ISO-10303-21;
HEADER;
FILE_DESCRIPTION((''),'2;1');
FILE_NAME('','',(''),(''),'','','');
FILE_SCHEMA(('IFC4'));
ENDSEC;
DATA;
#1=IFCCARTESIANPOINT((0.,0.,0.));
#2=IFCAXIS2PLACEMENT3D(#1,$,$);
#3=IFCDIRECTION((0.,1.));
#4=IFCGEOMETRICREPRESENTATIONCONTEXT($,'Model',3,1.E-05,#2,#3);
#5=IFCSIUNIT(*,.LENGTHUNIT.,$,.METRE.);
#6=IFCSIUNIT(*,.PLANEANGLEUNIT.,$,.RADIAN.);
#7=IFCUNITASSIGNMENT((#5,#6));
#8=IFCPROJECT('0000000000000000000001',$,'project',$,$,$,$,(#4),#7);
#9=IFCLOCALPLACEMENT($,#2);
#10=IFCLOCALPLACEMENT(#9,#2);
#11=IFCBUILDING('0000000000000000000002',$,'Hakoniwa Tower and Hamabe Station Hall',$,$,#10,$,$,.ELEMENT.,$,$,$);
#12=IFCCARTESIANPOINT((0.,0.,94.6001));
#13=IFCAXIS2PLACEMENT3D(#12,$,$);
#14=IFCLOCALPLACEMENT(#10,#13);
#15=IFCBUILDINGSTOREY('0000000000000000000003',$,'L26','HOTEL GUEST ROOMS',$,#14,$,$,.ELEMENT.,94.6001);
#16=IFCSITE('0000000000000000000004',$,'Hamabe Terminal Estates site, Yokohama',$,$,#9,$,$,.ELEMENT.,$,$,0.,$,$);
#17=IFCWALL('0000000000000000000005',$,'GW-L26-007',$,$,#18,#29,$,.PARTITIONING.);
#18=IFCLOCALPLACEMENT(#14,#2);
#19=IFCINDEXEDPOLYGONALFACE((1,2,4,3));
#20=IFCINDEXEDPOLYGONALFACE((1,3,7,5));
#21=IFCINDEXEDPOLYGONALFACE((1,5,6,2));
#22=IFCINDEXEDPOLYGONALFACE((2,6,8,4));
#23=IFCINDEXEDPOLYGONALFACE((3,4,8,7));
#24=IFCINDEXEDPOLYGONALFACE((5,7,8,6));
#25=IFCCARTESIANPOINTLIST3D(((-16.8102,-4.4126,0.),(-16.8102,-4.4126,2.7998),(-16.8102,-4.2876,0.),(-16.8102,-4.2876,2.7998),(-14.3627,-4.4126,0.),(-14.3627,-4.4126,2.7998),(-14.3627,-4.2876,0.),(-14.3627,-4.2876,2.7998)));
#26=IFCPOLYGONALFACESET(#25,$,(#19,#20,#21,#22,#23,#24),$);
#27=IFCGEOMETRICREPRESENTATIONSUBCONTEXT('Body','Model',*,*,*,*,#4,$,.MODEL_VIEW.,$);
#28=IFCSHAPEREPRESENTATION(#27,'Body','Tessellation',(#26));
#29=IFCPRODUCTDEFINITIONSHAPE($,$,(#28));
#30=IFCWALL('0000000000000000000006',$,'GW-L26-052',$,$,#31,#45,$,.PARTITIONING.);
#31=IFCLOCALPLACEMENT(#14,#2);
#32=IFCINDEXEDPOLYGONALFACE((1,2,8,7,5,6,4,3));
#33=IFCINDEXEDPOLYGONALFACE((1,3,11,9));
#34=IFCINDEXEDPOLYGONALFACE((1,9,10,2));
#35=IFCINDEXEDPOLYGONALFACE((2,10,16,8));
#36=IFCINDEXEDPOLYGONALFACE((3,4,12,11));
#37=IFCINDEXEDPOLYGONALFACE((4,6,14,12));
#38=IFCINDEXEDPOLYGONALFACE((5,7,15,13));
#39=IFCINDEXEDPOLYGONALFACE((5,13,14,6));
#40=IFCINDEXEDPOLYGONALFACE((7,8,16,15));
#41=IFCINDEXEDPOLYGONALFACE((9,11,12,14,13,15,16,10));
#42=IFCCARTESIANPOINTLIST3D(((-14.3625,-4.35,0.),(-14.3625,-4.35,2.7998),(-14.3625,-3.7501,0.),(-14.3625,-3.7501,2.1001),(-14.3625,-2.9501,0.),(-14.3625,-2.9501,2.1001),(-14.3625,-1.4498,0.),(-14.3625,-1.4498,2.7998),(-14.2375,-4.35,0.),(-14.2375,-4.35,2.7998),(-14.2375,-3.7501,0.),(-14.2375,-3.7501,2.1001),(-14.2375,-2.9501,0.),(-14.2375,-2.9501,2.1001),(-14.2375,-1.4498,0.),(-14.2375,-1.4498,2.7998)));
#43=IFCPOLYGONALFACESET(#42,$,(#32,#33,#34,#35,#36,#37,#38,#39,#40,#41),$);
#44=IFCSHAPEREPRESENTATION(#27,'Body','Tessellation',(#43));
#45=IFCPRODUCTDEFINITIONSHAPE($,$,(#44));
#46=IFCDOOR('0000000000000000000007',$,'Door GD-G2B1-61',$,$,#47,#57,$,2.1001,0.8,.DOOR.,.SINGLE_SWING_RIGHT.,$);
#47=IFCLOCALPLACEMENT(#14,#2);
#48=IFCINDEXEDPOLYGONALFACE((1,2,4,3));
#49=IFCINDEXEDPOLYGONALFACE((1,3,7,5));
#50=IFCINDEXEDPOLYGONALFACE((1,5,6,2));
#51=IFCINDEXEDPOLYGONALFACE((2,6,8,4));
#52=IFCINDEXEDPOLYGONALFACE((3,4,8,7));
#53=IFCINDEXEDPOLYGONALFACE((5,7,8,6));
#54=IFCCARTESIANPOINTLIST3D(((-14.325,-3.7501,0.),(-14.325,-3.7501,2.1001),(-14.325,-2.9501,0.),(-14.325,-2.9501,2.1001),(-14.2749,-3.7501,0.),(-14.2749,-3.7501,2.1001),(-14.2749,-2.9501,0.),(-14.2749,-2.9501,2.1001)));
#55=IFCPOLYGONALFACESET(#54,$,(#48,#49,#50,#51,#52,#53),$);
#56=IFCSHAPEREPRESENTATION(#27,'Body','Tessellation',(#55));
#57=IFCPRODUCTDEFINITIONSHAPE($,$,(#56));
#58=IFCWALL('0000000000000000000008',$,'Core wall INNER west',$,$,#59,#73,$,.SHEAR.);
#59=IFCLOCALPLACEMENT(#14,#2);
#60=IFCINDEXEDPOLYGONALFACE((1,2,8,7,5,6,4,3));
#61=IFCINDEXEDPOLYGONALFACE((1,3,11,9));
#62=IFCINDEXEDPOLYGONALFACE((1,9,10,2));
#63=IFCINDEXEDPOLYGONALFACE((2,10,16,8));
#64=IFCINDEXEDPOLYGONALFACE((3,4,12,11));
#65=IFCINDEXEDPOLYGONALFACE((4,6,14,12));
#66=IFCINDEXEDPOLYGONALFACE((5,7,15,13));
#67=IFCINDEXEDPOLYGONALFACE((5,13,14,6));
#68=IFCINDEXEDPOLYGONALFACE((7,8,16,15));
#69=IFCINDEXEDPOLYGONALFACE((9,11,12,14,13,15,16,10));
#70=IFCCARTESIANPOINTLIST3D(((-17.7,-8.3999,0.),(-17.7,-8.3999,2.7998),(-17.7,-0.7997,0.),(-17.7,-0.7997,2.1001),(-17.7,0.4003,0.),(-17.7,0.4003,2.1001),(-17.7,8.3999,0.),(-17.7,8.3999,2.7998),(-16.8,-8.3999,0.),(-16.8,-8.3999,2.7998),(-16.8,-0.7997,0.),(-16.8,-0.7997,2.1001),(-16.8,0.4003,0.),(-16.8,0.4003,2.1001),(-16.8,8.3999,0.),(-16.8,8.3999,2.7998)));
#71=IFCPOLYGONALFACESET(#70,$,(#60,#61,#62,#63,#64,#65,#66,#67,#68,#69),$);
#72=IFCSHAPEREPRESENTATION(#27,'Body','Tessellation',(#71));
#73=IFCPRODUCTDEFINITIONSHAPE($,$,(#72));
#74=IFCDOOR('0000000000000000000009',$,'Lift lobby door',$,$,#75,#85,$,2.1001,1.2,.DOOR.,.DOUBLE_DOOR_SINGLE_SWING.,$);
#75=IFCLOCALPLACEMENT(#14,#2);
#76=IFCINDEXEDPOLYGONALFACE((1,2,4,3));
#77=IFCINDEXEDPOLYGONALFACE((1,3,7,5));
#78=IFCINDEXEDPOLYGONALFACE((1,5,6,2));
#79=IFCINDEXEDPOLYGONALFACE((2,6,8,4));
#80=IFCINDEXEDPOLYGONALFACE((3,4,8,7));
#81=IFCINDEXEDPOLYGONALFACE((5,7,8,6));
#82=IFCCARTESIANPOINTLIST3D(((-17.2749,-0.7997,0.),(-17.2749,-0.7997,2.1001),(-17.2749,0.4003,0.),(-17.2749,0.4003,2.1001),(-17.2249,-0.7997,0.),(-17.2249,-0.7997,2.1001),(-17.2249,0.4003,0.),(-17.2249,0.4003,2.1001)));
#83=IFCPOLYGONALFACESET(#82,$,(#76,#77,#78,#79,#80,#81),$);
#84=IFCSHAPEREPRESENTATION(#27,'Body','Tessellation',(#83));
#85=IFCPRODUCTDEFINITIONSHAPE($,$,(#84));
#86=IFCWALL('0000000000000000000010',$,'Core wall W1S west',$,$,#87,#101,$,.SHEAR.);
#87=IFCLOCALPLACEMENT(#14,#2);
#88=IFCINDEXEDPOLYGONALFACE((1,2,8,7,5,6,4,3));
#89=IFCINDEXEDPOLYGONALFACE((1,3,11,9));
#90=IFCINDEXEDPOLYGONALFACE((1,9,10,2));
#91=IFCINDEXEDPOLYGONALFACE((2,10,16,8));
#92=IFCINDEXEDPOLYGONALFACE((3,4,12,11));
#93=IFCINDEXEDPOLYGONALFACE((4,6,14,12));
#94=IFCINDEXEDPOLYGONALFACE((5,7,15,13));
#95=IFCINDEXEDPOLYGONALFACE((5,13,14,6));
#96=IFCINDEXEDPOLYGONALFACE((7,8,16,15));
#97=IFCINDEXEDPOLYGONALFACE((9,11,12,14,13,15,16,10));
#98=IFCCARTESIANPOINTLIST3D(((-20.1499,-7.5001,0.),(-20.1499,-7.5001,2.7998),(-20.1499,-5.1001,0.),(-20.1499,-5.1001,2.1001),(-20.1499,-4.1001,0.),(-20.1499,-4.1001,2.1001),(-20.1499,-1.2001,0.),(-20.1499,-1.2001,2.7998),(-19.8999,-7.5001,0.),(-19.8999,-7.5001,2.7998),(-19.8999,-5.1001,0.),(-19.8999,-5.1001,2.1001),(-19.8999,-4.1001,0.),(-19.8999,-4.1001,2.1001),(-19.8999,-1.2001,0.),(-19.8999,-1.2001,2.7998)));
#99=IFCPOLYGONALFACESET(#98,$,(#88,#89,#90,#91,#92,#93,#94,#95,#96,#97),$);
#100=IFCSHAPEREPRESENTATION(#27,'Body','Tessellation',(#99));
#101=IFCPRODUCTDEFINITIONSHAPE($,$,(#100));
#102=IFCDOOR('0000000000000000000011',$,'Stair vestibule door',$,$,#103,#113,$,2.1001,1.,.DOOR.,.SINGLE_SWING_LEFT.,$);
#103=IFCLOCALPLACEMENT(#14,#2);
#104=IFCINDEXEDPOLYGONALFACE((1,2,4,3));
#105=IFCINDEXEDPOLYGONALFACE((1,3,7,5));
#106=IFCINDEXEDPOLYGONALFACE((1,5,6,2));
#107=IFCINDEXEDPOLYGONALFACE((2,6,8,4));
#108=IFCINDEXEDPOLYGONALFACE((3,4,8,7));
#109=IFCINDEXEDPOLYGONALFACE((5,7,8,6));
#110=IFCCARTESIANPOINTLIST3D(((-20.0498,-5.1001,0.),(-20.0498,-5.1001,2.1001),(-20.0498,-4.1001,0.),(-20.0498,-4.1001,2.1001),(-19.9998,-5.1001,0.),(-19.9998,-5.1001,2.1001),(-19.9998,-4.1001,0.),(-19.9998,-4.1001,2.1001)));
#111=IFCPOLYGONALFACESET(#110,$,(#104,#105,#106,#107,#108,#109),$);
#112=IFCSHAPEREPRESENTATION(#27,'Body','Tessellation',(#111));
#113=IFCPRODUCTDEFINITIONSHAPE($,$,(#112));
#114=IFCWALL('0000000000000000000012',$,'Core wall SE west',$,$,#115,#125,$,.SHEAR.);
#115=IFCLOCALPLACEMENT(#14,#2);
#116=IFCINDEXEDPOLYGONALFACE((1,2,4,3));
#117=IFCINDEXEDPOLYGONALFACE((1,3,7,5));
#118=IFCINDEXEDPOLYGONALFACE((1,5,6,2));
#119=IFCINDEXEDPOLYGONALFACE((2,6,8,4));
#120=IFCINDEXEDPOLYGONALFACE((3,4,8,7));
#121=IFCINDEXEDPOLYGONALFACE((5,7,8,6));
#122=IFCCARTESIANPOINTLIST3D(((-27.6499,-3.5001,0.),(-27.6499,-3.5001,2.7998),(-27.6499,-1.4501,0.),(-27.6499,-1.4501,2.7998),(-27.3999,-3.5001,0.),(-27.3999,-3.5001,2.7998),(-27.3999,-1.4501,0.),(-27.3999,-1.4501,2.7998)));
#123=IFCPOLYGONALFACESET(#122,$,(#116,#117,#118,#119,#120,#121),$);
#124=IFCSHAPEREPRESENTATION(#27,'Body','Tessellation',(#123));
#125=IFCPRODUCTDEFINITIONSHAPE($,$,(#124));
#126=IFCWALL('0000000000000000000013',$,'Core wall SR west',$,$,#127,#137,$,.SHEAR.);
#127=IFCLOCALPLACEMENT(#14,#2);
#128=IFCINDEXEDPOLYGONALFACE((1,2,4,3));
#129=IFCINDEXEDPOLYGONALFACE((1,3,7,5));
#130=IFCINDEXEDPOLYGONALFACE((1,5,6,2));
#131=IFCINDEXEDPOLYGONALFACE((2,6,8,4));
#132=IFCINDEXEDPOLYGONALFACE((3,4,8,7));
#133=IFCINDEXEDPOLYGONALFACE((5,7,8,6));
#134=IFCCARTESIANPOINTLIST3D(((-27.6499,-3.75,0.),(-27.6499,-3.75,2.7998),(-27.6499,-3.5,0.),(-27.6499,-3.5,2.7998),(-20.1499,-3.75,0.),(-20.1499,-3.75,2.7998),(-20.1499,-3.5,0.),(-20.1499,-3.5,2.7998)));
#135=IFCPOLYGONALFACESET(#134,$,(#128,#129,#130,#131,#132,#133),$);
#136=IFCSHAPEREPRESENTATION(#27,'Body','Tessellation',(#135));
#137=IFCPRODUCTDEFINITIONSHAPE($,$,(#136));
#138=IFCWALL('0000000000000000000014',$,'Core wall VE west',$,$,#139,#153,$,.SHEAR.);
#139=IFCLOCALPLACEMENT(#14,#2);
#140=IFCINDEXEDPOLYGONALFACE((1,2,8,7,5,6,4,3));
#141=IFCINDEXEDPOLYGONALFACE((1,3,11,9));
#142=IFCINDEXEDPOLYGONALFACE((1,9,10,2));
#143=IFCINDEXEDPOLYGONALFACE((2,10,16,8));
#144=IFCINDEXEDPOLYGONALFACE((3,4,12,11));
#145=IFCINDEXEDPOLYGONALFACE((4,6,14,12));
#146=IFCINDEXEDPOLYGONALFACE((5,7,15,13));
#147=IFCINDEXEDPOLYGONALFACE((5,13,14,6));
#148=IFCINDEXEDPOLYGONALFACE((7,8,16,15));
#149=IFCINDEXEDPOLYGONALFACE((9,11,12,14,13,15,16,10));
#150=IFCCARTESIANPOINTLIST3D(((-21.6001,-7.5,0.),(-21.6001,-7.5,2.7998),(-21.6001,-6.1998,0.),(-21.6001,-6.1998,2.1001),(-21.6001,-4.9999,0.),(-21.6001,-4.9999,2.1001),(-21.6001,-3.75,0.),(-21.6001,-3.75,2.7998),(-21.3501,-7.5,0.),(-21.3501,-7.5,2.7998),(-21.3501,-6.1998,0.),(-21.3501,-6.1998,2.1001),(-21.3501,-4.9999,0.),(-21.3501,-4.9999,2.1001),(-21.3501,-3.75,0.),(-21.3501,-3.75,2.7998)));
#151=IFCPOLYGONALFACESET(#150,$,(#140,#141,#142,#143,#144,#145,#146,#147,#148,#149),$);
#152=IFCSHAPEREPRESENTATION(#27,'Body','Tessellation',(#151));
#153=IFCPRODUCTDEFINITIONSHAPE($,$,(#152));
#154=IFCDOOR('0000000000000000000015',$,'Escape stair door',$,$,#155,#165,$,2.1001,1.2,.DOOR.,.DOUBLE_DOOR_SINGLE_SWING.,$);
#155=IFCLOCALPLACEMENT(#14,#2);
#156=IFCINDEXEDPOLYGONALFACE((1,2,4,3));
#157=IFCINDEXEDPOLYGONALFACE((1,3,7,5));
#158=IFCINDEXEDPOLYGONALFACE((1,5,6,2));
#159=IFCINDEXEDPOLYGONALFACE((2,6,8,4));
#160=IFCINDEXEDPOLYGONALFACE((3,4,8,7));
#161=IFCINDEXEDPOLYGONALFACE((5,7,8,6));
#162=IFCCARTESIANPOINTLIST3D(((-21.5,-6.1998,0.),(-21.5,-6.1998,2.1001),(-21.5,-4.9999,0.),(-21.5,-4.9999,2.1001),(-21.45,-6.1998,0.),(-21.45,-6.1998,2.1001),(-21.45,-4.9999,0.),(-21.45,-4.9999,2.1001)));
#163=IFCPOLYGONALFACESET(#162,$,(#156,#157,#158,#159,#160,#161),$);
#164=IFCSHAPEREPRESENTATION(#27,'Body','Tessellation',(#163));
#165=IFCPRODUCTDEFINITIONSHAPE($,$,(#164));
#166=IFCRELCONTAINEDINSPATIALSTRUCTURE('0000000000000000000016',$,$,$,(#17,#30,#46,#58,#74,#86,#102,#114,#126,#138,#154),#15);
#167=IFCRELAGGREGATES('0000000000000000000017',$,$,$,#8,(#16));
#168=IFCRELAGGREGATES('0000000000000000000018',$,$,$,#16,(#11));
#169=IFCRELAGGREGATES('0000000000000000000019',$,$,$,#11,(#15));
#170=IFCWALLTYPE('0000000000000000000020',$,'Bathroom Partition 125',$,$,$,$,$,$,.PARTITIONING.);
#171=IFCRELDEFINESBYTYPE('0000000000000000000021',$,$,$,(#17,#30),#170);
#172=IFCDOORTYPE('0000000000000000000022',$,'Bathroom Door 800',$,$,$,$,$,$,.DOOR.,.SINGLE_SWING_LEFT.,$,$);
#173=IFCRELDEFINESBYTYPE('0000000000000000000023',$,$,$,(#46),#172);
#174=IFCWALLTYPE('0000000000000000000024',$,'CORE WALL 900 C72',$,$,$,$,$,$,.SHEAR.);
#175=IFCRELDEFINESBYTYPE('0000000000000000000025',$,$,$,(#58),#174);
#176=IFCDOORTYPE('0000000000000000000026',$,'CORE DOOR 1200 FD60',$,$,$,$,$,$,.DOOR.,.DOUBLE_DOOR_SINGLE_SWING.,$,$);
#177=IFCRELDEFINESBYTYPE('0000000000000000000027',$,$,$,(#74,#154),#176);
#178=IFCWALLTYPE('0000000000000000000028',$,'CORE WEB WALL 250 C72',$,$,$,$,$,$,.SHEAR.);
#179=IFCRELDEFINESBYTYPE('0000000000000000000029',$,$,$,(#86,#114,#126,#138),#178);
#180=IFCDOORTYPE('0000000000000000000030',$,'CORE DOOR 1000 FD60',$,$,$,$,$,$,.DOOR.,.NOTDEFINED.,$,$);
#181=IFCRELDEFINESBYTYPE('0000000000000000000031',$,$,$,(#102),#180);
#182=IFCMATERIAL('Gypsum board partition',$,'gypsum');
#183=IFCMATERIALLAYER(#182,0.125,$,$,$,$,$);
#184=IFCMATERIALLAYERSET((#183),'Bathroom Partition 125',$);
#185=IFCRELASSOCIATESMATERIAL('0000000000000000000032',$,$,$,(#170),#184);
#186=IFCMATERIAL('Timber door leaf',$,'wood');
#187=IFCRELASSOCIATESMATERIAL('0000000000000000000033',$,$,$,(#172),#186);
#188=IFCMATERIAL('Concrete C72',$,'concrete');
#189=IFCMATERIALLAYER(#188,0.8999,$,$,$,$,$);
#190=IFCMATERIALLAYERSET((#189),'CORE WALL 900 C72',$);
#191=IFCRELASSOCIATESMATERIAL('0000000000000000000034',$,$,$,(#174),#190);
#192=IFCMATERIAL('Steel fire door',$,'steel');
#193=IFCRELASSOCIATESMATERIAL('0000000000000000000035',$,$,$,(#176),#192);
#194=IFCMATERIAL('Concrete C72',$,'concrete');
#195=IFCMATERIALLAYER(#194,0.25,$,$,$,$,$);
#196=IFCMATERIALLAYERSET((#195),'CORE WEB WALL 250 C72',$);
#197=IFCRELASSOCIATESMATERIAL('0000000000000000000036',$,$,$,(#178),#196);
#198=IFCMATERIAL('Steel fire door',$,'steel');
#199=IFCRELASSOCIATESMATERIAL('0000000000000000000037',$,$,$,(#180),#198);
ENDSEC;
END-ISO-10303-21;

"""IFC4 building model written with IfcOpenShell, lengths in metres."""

from ifc_helpers import new_model, si_unit, direction, frame, frame_2d, origin, place, context, subcontext, project, spatial, rectangle, extrude, material, layer, layer_set, type_object, element, fill, save


model = new_model("IFC4")

# Units and contexts
model_context = context("Model", 3, precision=1e-05, world=origin(), true_north=direction((0.0, 1.0)))
body_context = subcontext(model_context, "Body", "Model", "MODEL_VIEW")
ifc_project = project(units=[si_unit("LENGTHUNIT", "METRE"), si_unit("PLANEANGLEUNIT", "RADIAN")], contexts=[model_context])

# Site, building, storey
site_placement = place(None, origin())
site = spatial("IfcSite", under=ifc_project, at=site_placement, Name="Hamabe Terminal Estates site, Yokohama", CompositionType="ELEMENT", RefElevation=0.0)
building_placement = place(site_placement, origin())
building = spatial("IfcBuilding", under=site, at=building_placement, Name="Hakoniwa Tower and Hamabe Station Hall", CompositionType="ELEMENT")
storey_placement = place(building_placement, frame((0.0, 0.0, 94.6001)))
storey = spatial("IfcBuildingStorey", under=building, at=storey_placement, Name="L26", Description="HOTEL GUEST ROOMS", CompositionType="ELEMENT", Elevation=94.6001)

# Wall
ifc_material_1 = material(Name="Gypsum board partition", Category="gypsum")
ifc_layer_1 = layer(ifc_material_1, 0.125)
ifc_layer_set_1 = layer_set([ifc_layer_1], Name="Bathroom Partition 125")
wall_type_1 = type_object("IfcWallType", Name="Bathroom Partition 125", PredefinedType="PARTITIONING", material=ifc_layer_set_1)
wall_1_placement = place(storey_placement, frame((-16.8101, -4.3501, 0.0), z_axis=(0.0, 0.0, 1.0), x_axis=(1.0, 0.0, 0.0)))
element("IfcWall", 1, at=wall_1_placement, inside=storey, type_object=wall_type_1, Name="GW-L26-007", PredefinedType="PARTITIONING", context=body_context, shape_type="SweptSolid", body=[
    extrude(rectangle(XDim=2.4475, YDim=0.125, at=frame_2d((1.2236, 0.0))), origin(), (0.0, 0.0, 1.0), 2.7998),
])

# Walls, openings, doors
wall_2_placement = place(storey_placement, frame((-14.3, -4.3501, 0.0), z_axis=(0.0, 0.0, 1.0), x_axis=(0.0, 1.0, 0.0)))
wall_2 = element("IfcWall", 2, at=wall_2_placement, inside=storey, type_object=wall_type_1, Name="GW-L26-052", PredefinedType="PARTITIONING", context=body_context, shape_type="SweptSolid", body=[
    extrude(rectangle(XDim=2.9001, YDim=0.125, at=frame_2d((1.4502, 0.0))), origin(), (0.0, 0.0, 1.0), 2.7998),
])
opening_1_placement = place(wall_2_placement, frame((0.6001, 0.0, 0.0)))
opening_1 = element("IfcOpeningElement", 3, at=opening_1_placement, cuts=wall_2, PredefinedType="OPENING", context=body_context, shape_type="SweptSolid", body=[
    extrude(rectangle(XDim=0.8, YDim=2.1001, at=frame_2d((0.3999, 1.05))), frame((0.0, 0.0725, 0.0), z_axis=(0.0, -1.0, 0.0), x_axis=(1.0, 0.0, 0.0)), (0.0, 0.0, 1.0), 0.145),
])
ifc_material_2 = material(Name="Timber door leaf", Category="wood")
door_type_1 = type_object("IfcDoorType", Name="Bathroom Door 800", OperationType="SINGLE_SWING_LEFT", PredefinedType="DOOR", material=ifc_material_2)
door_1_placement = place(opening_1_placement, origin())
door_1 = element("IfcDoor", 4, at=door_1_placement, inside=storey, type_object=door_type_1, Name="Door GD-G2B1-61", OperationType="SINGLE_SWING_RIGHT", OverallHeight=2.1001, OverallWidth=0.8, PredefinedType="DOOR", context=body_context, shape_type="SweptSolid", body=[
    extrude(rectangle(XDim=0.8, YDim=2.1001, at=frame_2d((0.3999, 1.05))), frame((0.0, 0.0249, 0.0), z_axis=(0.0, -1.0, 0.0), x_axis=(1.0, 0.0, 0.0)), (0.0, 0.0, 1.0), 0.05),
])
fill(opening_1, door_1)
ifc_material_3 = material(Name="Concrete C72", Category="concrete")
ifc_layer_2 = layer(ifc_material_3, 0.8999)
ifc_layer_set_2 = layer_set([ifc_layer_2], Name="CORE WALL 900 C72")
wall_type_2 = type_object("IfcWallType", Name="CORE WALL 900 C72", PredefinedType="SHEAR", material=ifc_layer_set_2)
wall_3_placement = place(storey_placement, frame((-17.25, -8.3999, 0.0), z_axis=(0.0, 0.0, 1.0), x_axis=(0.0, 1.0, 0.0)))
wall_3 = element("IfcWall", 5, at=wall_3_placement, inside=storey, type_object=wall_type_2, Name="Core wall INNER west", PredefinedType="SHEAR", context=body_context, shape_type="SweptSolid", body=[
    extrude(rectangle(XDim=16.7998, YDim=0.8999, at=frame_2d((8.3999, 0.0))), origin(), (0.0, 0.0, 1.0), 2.7998),
])
opening_2_placement = place(wall_3_placement, frame((7.6001, 0.0, 0.0)))
opening_2 = element("IfcOpeningElement", 6, at=opening_2_placement, cuts=wall_3, PredefinedType="OPENING", context=body_context, shape_type="SweptSolid", body=[
    extrude(rectangle(XDim=1.2, YDim=2.1001, at=frame_2d((0.6001, 1.05))), frame((0.0, 0.46, 0.0), z_axis=(0.0, -1.0, 0.0), x_axis=(1.0, 0.0, 0.0)), (0.0, 0.0, 1.0), 0.9199),
])
ifc_material_4 = material(Name="Steel fire door", Category="steel")
door_type_2 = type_object("IfcDoorType", Name="CORE DOOR 1200 FD60", OperationType="DOUBLE_DOOR_SINGLE_SWING", PredefinedType="DOOR", material=ifc_material_4)
door_2_placement = place(opening_2_placement, origin())
door_2 = element("IfcDoor", 7, at=door_2_placement, inside=storey, type_object=door_type_2, Name="Lift lobby door", OperationType="DOUBLE_DOOR_SINGLE_SWING", OverallHeight=2.1001, OverallWidth=1.2, PredefinedType="DOOR", context=body_context, shape_type="SweptSolid", body=[
    extrude(rectangle(XDim=1.2, YDim=2.1001, at=frame_2d((0.6001, 1.05))), frame((0.0, 0.0249, 0.0), z_axis=(0.0, -1.0, 0.0), x_axis=(1.0, 0.0, 0.0)), (0.0, 0.0, 1.0), 0.05),
])
fill(opening_2, door_2)
ifc_material_5 = material(Name="Concrete C72", Category="concrete")
ifc_layer_3 = layer(ifc_material_5, 0.25)
ifc_layer_set_3 = layer_set([ifc_layer_3], Name="CORE WEB WALL 250 C72")
wall_type_3 = type_object("IfcWallType", Name="CORE WEB WALL 250 C72", PredefinedType="SHEAR", material=ifc_layer_set_3)
wall_4_placement = place(storey_placement, frame((-20.0249, -7.5, 0.0), z_axis=(0.0, 0.0, 1.0), x_axis=(0.0, 1.0, 0.0)))
wall_4 = element("IfcWall", 8, at=wall_4_placement, inside=storey, type_object=wall_type_3, Name="Core wall W1S west", PredefinedType="SHEAR", context=body_context, shape_type="SweptSolid", body=[
    extrude(rectangle(XDim=6.3, YDim=0.25, at=frame_2d((3.1499, 0.0))), origin(), (0.0, 0.0, 1.0), 2.7998),
])
opening_3_placement = place(wall_4_placement, frame((2.3999, 0.0, 0.0)))
opening_3 = element("IfcOpeningElement", 9, at=opening_3_placement, cuts=wall_4, PredefinedType="OPENING", context=body_context, shape_type="SweptSolid", body=[
    extrude(rectangle(XDim=1.0, YDim=2.1001, at=frame_2d((0.5, 1.05))), frame((0.0, 0.135, 0.0), z_axis=(0.0, -1.0, 0.0), x_axis=(1.0, 0.0, 0.0)), (0.0, 0.0, 1.0), 0.27),
])
ifc_material_6 = material(Name="Steel fire door", Category="steel")
door_type_3 = type_object("IfcDoorType", Name="CORE DOOR 1000 FD60", OperationType="NOTDEFINED", PredefinedType="DOOR", material=ifc_material_6)
door_3_placement = place(opening_3_placement, origin())
door_3 = element("IfcDoor", 10, at=door_3_placement, inside=storey, type_object=door_type_3, Name="Stair vestibule door", OperationType="SINGLE_SWING_LEFT", OverallHeight=2.1001, OverallWidth=1.0, PredefinedType="DOOR", context=body_context, shape_type="SweptSolid", body=[
    extrude(rectangle(XDim=1.0, YDim=2.1001, at=frame_2d((0.5, 1.05))), frame((0.0, 0.0249, 0.0), z_axis=(0.0, -1.0, 0.0), x_axis=(1.0, 0.0, 0.0)), (0.0, 0.0, 1.0), 0.05),
])
fill(opening_3, door_3)

# Walls
wall_5_placement = place(storey_placement, frame((-27.5249, -3.5, 0.0), z_axis=(0.0, 0.0, 1.0), x_axis=(0.0, 1.0, 0.0)))
element("IfcWall", 11, at=wall_5_placement, inside=storey, type_object=wall_type_3, Name="Core wall SE west", PredefinedType="SHEAR", context=body_context, shape_type="SweptSolid", body=[
    extrude(rectangle(XDim=2.05, YDim=0.25, at=frame_2d((1.0249, 0.0))), origin(), (0.0, 0.0, 1.0), 2.7998),
])
wall_6_placement = place(storey_placement, frame((-27.6499, -3.625, 0.0), z_axis=(0.0, 0.0, 1.0), x_axis=(1.0, 0.0, 0.0)))
element("IfcWall", 12, at=wall_6_placement, inside=storey, type_object=wall_type_3, Name="Core wall SR west", PredefinedType="SHEAR", context=body_context, shape_type="SweptSolid", body=[
    extrude(rectangle(XDim=7.5, YDim=0.25, at=frame_2d((3.75, 0.0))), origin(), (0.0, 0.0, 1.0), 2.7998),
])

# Wall, opening, door
wall_7_placement = place(storey_placement, frame((-21.4751, -7.5, 0.0), z_axis=(0.0, 0.0, 1.0), x_axis=(0.0, 1.0, 0.0)))
wall_7 = element("IfcWall", 13, at=wall_7_placement, inside=storey, type_object=wall_type_3, Name="Core wall VE west", PredefinedType="SHEAR", context=body_context, shape_type="SweptSolid", body=[
    extrude(rectangle(XDim=3.75, YDim=0.25, at=frame_2d((1.875, 0.0))), origin(), (0.0, 0.0, 1.0), 2.7998),
])
opening_4_placement = place(wall_7_placement, frame((1.3, 0.0, 0.0)))
opening_4 = element("IfcOpeningElement", 14, at=opening_4_placement, cuts=wall_7, PredefinedType="OPENING", context=body_context, shape_type="SweptSolid", body=[
    extrude(rectangle(XDim=1.2, YDim=2.1001, at=frame_2d((0.6001, 1.05))), frame((0.0, 0.135, 0.0), z_axis=(0.0, -1.0, 0.0), x_axis=(1.0, 0.0, 0.0)), (0.0, 0.0, 1.0), 0.27),
])
door_4_placement = place(opening_4_placement, origin())
door_4 = element("IfcDoor", 15, at=door_4_placement, inside=storey, type_object=door_type_2, Name="Escape stair door", OperationType="DOUBLE_DOOR_SINGLE_SWING", OverallHeight=2.1001, OverallWidth=1.2, PredefinedType="DOOR", context=body_context, shape_type="SweptSolid", body=[
    extrude(rectangle(XDim=1.2, YDim=2.1001, at=frame_2d((0.6001, 1.05))), frame((0.0, 0.0249, 0.0), z_axis=(0.0, -1.0, 0.0), x_axis=(1.0, 0.0, 0.0)), (0.0, 0.0, 1.0), 0.05),
])
fill(opening_4, door_4)

save(model, "model.ifc")
